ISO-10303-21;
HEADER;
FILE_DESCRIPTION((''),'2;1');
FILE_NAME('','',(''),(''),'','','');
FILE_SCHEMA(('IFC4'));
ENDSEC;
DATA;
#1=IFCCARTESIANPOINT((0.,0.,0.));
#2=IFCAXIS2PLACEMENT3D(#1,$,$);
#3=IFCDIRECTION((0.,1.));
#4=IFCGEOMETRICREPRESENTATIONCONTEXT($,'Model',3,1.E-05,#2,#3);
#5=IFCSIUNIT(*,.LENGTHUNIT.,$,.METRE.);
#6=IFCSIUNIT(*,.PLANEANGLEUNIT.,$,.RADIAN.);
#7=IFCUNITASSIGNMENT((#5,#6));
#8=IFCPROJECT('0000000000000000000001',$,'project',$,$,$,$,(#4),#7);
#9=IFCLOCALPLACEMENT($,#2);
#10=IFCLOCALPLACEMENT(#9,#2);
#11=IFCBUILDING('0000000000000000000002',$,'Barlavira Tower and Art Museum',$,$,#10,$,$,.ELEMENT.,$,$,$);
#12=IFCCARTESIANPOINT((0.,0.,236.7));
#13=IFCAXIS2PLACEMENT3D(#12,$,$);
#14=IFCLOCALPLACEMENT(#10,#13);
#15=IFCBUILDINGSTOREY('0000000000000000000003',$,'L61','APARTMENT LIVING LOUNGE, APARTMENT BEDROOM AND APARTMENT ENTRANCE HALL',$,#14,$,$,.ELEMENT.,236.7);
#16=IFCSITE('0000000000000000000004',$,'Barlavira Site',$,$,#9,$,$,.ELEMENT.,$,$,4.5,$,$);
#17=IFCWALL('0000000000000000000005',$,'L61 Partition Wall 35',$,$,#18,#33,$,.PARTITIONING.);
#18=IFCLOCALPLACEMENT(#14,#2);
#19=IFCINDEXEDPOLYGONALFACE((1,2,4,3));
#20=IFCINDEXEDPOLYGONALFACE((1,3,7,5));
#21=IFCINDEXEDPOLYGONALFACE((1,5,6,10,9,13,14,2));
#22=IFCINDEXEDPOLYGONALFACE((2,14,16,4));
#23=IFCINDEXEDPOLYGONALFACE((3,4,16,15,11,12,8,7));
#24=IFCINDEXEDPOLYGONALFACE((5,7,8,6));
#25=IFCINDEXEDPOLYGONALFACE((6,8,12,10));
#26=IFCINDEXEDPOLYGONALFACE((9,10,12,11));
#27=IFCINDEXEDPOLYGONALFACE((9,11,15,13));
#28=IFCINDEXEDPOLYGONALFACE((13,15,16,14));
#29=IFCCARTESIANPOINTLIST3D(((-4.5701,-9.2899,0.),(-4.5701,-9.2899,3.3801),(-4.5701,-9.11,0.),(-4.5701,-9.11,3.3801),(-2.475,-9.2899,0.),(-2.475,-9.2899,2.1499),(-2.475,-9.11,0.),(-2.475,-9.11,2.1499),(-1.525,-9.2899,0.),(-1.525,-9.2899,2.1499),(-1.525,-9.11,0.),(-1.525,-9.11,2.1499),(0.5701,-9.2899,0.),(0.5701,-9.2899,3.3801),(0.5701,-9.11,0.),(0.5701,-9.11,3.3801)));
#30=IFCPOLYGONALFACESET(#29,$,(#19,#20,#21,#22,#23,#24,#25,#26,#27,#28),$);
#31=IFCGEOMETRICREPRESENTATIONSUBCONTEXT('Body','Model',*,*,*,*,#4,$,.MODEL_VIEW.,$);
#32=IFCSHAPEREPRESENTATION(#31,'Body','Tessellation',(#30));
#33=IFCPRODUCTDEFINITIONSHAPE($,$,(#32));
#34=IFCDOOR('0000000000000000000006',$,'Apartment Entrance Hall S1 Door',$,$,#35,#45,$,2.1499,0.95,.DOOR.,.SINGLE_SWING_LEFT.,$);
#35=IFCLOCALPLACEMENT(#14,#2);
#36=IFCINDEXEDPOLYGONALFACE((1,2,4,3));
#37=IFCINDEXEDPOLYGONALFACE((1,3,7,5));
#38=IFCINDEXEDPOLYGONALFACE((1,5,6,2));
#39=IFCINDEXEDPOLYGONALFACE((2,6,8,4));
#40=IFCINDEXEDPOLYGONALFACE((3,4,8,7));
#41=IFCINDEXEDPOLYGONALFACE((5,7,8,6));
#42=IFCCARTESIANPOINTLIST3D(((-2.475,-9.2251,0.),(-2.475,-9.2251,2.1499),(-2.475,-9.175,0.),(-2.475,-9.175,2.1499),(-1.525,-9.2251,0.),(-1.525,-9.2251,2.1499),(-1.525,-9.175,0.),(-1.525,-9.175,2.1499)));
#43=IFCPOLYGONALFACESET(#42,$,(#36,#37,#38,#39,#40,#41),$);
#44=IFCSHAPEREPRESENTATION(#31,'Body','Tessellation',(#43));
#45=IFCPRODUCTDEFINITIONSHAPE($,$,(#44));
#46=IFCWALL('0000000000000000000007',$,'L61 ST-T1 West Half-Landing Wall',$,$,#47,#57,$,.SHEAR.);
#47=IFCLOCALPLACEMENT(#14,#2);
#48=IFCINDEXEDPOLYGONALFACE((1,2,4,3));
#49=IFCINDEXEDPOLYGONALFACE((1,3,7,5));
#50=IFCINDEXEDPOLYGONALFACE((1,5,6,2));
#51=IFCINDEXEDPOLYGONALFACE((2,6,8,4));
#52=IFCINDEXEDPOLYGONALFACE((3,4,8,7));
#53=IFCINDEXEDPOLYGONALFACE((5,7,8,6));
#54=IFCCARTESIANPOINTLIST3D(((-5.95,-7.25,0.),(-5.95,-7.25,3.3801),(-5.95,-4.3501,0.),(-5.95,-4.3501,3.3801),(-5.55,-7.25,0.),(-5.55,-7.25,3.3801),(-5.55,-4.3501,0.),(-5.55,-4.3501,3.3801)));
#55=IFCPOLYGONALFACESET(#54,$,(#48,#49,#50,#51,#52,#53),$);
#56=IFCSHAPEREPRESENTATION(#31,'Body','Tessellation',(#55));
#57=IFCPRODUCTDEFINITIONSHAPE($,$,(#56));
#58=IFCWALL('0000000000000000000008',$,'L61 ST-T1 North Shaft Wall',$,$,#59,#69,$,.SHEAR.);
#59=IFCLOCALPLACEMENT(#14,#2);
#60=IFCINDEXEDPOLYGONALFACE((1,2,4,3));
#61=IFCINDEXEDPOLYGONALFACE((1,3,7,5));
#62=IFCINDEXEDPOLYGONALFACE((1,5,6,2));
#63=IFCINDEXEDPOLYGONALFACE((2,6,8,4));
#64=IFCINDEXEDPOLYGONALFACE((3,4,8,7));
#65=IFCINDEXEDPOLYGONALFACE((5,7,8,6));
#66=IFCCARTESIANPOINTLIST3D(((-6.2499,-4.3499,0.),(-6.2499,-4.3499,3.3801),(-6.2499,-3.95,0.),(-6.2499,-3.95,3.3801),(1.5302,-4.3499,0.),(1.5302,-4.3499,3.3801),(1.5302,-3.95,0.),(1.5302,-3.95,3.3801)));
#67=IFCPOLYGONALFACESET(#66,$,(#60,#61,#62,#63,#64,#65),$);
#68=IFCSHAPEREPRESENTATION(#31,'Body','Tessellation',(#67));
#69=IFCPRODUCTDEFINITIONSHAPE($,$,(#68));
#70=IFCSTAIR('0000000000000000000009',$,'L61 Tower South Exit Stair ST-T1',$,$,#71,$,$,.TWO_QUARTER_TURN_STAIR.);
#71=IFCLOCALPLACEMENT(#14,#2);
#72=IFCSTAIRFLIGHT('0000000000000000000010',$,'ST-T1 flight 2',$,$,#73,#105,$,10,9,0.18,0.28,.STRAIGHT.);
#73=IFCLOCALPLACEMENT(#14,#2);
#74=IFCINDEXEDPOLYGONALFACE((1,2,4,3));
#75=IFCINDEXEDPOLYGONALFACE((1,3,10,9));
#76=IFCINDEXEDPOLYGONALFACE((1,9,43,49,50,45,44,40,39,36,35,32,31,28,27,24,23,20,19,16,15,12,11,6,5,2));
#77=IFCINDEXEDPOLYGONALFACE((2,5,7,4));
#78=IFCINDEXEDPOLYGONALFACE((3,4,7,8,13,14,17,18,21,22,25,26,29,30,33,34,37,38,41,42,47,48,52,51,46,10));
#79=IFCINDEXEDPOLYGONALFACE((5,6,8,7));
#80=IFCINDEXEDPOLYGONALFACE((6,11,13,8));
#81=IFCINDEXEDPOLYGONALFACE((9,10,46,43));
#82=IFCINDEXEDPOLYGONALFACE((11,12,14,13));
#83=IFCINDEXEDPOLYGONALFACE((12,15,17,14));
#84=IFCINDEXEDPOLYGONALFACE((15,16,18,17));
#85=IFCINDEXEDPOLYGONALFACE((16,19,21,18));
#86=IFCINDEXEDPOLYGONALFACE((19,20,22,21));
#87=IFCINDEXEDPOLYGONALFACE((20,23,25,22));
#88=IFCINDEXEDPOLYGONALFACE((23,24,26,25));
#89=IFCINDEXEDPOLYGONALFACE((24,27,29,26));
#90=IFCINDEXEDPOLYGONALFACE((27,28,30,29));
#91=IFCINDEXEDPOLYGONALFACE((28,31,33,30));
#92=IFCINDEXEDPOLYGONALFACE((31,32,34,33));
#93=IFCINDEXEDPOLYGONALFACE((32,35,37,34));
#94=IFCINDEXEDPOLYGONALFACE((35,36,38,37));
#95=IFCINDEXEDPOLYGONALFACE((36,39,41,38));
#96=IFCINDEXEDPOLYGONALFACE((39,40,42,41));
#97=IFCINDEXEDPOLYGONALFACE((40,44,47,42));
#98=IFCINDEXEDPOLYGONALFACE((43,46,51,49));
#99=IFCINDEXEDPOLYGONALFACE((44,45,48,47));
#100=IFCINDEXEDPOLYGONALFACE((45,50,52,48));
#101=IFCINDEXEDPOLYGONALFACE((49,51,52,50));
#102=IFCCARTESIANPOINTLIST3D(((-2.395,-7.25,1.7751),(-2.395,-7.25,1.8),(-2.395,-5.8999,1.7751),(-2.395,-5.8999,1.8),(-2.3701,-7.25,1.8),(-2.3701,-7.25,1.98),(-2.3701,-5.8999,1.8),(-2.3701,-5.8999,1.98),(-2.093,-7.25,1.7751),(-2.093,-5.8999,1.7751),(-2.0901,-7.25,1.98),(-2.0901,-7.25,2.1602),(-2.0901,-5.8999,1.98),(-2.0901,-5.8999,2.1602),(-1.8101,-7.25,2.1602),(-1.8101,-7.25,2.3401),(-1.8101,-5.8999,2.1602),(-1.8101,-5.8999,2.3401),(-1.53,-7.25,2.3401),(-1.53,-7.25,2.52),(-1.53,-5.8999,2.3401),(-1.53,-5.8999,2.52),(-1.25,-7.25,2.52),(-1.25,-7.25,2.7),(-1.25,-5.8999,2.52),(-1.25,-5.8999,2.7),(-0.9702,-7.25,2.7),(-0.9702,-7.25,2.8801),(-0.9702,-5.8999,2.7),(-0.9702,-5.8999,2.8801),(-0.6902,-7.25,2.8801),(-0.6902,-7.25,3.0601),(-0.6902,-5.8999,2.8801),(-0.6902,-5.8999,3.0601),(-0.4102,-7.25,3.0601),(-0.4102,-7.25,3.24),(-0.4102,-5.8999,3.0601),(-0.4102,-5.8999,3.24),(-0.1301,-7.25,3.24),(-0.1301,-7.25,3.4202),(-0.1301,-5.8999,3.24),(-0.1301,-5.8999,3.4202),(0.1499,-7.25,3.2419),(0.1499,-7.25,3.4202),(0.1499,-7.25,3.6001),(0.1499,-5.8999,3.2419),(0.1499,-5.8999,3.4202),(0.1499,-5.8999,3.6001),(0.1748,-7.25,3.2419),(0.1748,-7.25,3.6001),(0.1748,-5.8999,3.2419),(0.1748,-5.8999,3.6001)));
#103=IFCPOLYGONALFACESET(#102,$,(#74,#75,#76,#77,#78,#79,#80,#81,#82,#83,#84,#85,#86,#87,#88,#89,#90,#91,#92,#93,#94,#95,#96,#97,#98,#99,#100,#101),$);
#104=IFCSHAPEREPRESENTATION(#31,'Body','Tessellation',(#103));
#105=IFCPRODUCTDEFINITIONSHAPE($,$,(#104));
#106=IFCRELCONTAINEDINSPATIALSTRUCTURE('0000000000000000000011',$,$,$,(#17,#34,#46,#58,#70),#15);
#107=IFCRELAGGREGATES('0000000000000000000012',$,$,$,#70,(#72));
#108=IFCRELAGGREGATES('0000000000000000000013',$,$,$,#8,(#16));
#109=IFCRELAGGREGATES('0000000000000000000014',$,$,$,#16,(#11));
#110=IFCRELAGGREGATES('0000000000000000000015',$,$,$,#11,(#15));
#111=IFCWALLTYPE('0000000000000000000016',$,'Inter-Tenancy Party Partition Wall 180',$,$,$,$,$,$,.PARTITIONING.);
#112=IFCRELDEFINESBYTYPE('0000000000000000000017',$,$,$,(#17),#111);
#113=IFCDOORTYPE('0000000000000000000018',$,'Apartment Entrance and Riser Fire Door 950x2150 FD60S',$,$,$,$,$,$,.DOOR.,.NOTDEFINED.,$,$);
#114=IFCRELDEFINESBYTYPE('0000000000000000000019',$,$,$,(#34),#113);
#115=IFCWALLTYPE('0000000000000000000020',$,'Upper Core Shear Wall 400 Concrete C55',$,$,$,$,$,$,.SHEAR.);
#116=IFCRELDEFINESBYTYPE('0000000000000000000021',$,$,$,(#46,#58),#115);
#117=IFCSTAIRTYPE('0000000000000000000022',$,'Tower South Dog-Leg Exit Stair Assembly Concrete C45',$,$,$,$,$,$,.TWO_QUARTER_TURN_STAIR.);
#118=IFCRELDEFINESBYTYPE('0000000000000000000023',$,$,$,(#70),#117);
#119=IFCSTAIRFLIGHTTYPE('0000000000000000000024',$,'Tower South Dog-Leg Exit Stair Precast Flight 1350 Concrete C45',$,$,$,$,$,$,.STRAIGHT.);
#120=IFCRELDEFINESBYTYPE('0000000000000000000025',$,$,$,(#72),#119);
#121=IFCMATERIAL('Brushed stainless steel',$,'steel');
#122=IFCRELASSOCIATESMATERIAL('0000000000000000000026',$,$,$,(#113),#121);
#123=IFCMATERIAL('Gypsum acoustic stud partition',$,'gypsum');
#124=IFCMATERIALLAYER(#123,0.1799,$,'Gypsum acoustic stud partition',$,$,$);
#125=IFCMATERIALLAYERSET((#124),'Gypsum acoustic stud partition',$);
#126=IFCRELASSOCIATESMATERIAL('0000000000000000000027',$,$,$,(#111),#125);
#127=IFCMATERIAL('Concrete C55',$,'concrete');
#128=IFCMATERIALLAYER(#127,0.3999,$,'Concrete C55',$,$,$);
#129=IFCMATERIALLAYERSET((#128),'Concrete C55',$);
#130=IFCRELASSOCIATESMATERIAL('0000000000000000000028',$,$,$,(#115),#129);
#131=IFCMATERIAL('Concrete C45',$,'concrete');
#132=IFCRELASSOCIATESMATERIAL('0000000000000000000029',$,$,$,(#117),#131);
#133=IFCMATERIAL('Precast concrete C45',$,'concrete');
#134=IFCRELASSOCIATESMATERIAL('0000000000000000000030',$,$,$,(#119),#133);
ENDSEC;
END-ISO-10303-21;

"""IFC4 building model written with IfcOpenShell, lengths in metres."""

from ifc_helpers import new_model, si_unit, direction, frame, frame_2d, origin, place, context, subcontext, project, spatial, polyline, rectangle, outline, extrude, material, layer, layer_set, type_object, element, fill, aggregate, save


model = new_model("IFC4")

# Units and contexts
model_context = context("Model", 3, precision=1e-05, world=origin(), true_north=direction((0.0, 1.0)))
body_context = subcontext(model_context, "Body", "Model", "MODEL_VIEW")
ifc_project = project(units=[si_unit("LENGTHUNIT", "METRE"), si_unit("PLANEANGLEUNIT", "RADIAN")], contexts=[model_context])

# Site, building, storey
site_placement = place(None, origin())
site = spatial("IfcSite", under=ifc_project, at=site_placement, Name="Barlavira Site", CompositionType="ELEMENT", RefElevation=4.5)
building_placement = place(site_placement, origin())
building = spatial("IfcBuilding", under=site, at=building_placement, Name="Barlavira Tower and Art Museum", CompositionType="ELEMENT")
storey_placement = place(building_placement, frame((0.0, 0.0, 236.7)))
storey = spatial("IfcBuildingStorey", under=building, at=storey_placement, Name="L61", Description="APARTMENT LIVING LOUNGE, APARTMENT BEDROOM AND APARTMENT ENTRANCE HALL", CompositionType="ELEMENT", Elevation=236.7)

# Shared definitions
ifc_material_1 = material(Name="Brushed stainless steel", Category="steel")
door_type = type_object("IfcDoorType", Name="Apartment Entrance and Riser Fire Door 950x2150 FD60S", OperationType="NOTDEFINED", PredefinedType="DOOR", material=ifc_material_1)

# Shared definitions
ifc_material_2 = material(Name="Gypsum acoustic stud partition", Category="gypsum")
ifc_layer_1 = layer(ifc_material_2, 0.1799, Name="Gypsum acoustic stud partition")
ifc_layer_set_1 = layer_set([ifc_layer_1], Name="Gypsum acoustic stud partition")
wall_type_1 = type_object("IfcWallType", Name="Inter-Tenancy Party Partition Wall 180", PredefinedType="PARTITIONING", material=ifc_layer_set_1)

# Wall, opening, door
wall_1_placement = place(storey_placement, frame((-4.5701, -9.2, 0.0), z_axis=(0.0, 0.0, 1.0), x_axis=(1.0, 0.0, 0.0)))
wall_1 = element("IfcWall", 1, at=wall_1_placement, inside=storey, type_object=wall_type_1, Name="L61 Partition Wall 35", PredefinedType="PARTITIONING", context=body_context, shape_type="SweptSolid", body=[
    extrude(rectangle(XDim=5.1401, YDim=0.1799, at=frame_2d((2.5701, 0.0))), origin(), (0.0, 0.0, 1.0), 3.3801),
])
opening_1_placement = place(wall_1_placement, frame((2.095, 0.0, 0.0)))
opening_1 = element("IfcOpeningElement", 2, at=opening_1_placement, cuts=wall_1, PredefinedType="OPENING", context=body_context, shape_type="SweptSolid", body=[
    extrude(rectangle(XDim=0.95, YDim=2.1499, at=frame_2d((0.4751, 1.075))), frame((0.0, 0.1001, 0.0), z_axis=(0.0, -1.0, 0.0), x_axis=(1.0, 0.0, 0.0)), (0.0, 0.0, 1.0), 0.2),
])
door_1_placement = place(opening_1_placement, origin())
door_1 = element("IfcDoor", 3, at=door_1_placement, inside=storey, type_object=door_type, Name="Apartment Entrance Hall S1 Door", OperationType="SINGLE_SWING_LEFT", OverallHeight=2.1499, OverallWidth=0.95, PredefinedType="DOOR", context=body_context, shape_type="SweptSolid", body=[
    extrude(rectangle(XDim=0.95, YDim=2.1499, at=frame_2d((0.4751, 1.075))), frame((0.0, 0.0249, 0.0), z_axis=(0.0, -1.0, 0.0), x_axis=(1.0, 0.0, 0.0)), (0.0, 0.0, 1.0), 0.05),
])
fill(opening_1, door_1)

# Walls
ifc_material_3 = material(Name="Concrete C55", Category="concrete")
ifc_layer_2 = layer(ifc_material_3, 0.3999, Name="Concrete C55")
ifc_layer_set_2 = layer_set([ifc_layer_2], Name="Concrete C55")
wall_type_2 = type_object("IfcWallType", Name="Upper Core Shear Wall 400 Concrete C55", PredefinedType="SHEAR", material=ifc_layer_set_2)
wall_2_placement = place(storey_placement, frame((-5.75, -7.25, 0.0), z_axis=(0.0, 0.0, 1.0), x_axis=(0.0, 1.0, 0.0)))
element("IfcWall", 4, at=wall_2_placement, inside=storey, type_object=wall_type_2, Name="L61 ST-T1 West Half-Landing Wall", PredefinedType="SHEAR", context=body_context, shape_type="SweptSolid", body=[
    extrude(rectangle(XDim=2.8999, YDim=0.3999, at=frame_2d((1.45, 0.0))), origin(), (0.0, 0.0, 1.0), 3.3801),
])
wall_3_placement = place(storey_placement, frame((-6.25, -4.1499, 0.0), z_axis=(0.0, 0.0, 1.0), x_axis=(1.0, 0.0, 0.0)))
element("IfcWall", 5, at=wall_3_placement, inside=storey, type_object=wall_type_2, Name="L61 ST-T1 North Shaft Wall", PredefinedType="SHEAR", context=body_context, shape_type="SweptSolid", body=[
    extrude(rectangle(XDim=7.78, YDim=0.3999, at=frame_2d((3.8901, 0.0))), origin(), (0.0, 0.0, 1.0), 3.3801),
])

# Stair, stair flight
ifc_material_4 = material(Name="Concrete C45", Category="concrete")
stair_type = type_object("IfcStairType", Name="Tower South Dog-Leg Exit Stair Assembly Concrete C45", PredefinedType="TWO_QUARTER_TURN_STAIR", material=ifc_material_4)
stair_placement = place(storey_placement, origin())
stair = element("IfcStair", 6, at=stair_placement, inside=storey, type_object=stair_type, Name="L61 Tower South Exit Stair ST-T1", PredefinedType="TWO_QUARTER_TURN_STAIR")
ifc_material_5 = material(Name="Precast concrete C45", Category="concrete")
stair_flight_type = type_object("IfcStairFlightType", Name="Tower South Dog-Leg Exit Stair Precast Flight 1350 Concrete C45", PredefinedType="STRAIGHT", material=ifc_material_5)
stair_flight_placement = place(storey_placement, frame((-2.3701, -6.575, 1.8), z_axis=(0.0, 0.0, 1.0), x_axis=(1.0, 0.0, 0.0)))
stair_flight = element("IfcStairFlight", 7, at=stair_flight_placement, type_object=stair_flight_type, Name="ST-T1 flight 2", NumberOfRisers=10, NumberOfTreads=9, PredefinedType="STRAIGHT", RiserHeight=0.18, TreadLength=0.28, context=body_context, shape_type="SweptSolid", body=[
    extrude(outline(polyline([(-0.0249, 0.0), (0.0, 0.0), (0.0, 0.1799), (0.28, 0.1799), (0.28, 0.3601), (0.5601, 0.3601), (0.5601, 0.54), (0.8401, 0.54), (0.8401, 0.72), (1.1201, 0.72), (1.1201, 0.8999), (1.3999, 0.8999), (1.3999, 1.0801), (1.6799, 1.0801), (1.6799, 1.26), (1.96, 1.26), (1.96, 1.4399), (2.24, 1.4399), (2.24, 1.6201), (2.52, 1.6201), (2.52, 1.8), (2.5449, 1.8), (2.5449, 1.4419), (2.52, 1.4419), (0.2771, -0.0249), (-0.0249, -0.0249), (-0.0249, 0.0)])), frame((0.0, 0.675, 0.0), z_axis=(0.0, -1.0, 0.0), x_axis=(1.0, 0.0, 0.0)), (0.0, 0.0, 1.0), 1.3501),
])
aggregate(stair, [stair_flight])

save(model, "model.ifc")
